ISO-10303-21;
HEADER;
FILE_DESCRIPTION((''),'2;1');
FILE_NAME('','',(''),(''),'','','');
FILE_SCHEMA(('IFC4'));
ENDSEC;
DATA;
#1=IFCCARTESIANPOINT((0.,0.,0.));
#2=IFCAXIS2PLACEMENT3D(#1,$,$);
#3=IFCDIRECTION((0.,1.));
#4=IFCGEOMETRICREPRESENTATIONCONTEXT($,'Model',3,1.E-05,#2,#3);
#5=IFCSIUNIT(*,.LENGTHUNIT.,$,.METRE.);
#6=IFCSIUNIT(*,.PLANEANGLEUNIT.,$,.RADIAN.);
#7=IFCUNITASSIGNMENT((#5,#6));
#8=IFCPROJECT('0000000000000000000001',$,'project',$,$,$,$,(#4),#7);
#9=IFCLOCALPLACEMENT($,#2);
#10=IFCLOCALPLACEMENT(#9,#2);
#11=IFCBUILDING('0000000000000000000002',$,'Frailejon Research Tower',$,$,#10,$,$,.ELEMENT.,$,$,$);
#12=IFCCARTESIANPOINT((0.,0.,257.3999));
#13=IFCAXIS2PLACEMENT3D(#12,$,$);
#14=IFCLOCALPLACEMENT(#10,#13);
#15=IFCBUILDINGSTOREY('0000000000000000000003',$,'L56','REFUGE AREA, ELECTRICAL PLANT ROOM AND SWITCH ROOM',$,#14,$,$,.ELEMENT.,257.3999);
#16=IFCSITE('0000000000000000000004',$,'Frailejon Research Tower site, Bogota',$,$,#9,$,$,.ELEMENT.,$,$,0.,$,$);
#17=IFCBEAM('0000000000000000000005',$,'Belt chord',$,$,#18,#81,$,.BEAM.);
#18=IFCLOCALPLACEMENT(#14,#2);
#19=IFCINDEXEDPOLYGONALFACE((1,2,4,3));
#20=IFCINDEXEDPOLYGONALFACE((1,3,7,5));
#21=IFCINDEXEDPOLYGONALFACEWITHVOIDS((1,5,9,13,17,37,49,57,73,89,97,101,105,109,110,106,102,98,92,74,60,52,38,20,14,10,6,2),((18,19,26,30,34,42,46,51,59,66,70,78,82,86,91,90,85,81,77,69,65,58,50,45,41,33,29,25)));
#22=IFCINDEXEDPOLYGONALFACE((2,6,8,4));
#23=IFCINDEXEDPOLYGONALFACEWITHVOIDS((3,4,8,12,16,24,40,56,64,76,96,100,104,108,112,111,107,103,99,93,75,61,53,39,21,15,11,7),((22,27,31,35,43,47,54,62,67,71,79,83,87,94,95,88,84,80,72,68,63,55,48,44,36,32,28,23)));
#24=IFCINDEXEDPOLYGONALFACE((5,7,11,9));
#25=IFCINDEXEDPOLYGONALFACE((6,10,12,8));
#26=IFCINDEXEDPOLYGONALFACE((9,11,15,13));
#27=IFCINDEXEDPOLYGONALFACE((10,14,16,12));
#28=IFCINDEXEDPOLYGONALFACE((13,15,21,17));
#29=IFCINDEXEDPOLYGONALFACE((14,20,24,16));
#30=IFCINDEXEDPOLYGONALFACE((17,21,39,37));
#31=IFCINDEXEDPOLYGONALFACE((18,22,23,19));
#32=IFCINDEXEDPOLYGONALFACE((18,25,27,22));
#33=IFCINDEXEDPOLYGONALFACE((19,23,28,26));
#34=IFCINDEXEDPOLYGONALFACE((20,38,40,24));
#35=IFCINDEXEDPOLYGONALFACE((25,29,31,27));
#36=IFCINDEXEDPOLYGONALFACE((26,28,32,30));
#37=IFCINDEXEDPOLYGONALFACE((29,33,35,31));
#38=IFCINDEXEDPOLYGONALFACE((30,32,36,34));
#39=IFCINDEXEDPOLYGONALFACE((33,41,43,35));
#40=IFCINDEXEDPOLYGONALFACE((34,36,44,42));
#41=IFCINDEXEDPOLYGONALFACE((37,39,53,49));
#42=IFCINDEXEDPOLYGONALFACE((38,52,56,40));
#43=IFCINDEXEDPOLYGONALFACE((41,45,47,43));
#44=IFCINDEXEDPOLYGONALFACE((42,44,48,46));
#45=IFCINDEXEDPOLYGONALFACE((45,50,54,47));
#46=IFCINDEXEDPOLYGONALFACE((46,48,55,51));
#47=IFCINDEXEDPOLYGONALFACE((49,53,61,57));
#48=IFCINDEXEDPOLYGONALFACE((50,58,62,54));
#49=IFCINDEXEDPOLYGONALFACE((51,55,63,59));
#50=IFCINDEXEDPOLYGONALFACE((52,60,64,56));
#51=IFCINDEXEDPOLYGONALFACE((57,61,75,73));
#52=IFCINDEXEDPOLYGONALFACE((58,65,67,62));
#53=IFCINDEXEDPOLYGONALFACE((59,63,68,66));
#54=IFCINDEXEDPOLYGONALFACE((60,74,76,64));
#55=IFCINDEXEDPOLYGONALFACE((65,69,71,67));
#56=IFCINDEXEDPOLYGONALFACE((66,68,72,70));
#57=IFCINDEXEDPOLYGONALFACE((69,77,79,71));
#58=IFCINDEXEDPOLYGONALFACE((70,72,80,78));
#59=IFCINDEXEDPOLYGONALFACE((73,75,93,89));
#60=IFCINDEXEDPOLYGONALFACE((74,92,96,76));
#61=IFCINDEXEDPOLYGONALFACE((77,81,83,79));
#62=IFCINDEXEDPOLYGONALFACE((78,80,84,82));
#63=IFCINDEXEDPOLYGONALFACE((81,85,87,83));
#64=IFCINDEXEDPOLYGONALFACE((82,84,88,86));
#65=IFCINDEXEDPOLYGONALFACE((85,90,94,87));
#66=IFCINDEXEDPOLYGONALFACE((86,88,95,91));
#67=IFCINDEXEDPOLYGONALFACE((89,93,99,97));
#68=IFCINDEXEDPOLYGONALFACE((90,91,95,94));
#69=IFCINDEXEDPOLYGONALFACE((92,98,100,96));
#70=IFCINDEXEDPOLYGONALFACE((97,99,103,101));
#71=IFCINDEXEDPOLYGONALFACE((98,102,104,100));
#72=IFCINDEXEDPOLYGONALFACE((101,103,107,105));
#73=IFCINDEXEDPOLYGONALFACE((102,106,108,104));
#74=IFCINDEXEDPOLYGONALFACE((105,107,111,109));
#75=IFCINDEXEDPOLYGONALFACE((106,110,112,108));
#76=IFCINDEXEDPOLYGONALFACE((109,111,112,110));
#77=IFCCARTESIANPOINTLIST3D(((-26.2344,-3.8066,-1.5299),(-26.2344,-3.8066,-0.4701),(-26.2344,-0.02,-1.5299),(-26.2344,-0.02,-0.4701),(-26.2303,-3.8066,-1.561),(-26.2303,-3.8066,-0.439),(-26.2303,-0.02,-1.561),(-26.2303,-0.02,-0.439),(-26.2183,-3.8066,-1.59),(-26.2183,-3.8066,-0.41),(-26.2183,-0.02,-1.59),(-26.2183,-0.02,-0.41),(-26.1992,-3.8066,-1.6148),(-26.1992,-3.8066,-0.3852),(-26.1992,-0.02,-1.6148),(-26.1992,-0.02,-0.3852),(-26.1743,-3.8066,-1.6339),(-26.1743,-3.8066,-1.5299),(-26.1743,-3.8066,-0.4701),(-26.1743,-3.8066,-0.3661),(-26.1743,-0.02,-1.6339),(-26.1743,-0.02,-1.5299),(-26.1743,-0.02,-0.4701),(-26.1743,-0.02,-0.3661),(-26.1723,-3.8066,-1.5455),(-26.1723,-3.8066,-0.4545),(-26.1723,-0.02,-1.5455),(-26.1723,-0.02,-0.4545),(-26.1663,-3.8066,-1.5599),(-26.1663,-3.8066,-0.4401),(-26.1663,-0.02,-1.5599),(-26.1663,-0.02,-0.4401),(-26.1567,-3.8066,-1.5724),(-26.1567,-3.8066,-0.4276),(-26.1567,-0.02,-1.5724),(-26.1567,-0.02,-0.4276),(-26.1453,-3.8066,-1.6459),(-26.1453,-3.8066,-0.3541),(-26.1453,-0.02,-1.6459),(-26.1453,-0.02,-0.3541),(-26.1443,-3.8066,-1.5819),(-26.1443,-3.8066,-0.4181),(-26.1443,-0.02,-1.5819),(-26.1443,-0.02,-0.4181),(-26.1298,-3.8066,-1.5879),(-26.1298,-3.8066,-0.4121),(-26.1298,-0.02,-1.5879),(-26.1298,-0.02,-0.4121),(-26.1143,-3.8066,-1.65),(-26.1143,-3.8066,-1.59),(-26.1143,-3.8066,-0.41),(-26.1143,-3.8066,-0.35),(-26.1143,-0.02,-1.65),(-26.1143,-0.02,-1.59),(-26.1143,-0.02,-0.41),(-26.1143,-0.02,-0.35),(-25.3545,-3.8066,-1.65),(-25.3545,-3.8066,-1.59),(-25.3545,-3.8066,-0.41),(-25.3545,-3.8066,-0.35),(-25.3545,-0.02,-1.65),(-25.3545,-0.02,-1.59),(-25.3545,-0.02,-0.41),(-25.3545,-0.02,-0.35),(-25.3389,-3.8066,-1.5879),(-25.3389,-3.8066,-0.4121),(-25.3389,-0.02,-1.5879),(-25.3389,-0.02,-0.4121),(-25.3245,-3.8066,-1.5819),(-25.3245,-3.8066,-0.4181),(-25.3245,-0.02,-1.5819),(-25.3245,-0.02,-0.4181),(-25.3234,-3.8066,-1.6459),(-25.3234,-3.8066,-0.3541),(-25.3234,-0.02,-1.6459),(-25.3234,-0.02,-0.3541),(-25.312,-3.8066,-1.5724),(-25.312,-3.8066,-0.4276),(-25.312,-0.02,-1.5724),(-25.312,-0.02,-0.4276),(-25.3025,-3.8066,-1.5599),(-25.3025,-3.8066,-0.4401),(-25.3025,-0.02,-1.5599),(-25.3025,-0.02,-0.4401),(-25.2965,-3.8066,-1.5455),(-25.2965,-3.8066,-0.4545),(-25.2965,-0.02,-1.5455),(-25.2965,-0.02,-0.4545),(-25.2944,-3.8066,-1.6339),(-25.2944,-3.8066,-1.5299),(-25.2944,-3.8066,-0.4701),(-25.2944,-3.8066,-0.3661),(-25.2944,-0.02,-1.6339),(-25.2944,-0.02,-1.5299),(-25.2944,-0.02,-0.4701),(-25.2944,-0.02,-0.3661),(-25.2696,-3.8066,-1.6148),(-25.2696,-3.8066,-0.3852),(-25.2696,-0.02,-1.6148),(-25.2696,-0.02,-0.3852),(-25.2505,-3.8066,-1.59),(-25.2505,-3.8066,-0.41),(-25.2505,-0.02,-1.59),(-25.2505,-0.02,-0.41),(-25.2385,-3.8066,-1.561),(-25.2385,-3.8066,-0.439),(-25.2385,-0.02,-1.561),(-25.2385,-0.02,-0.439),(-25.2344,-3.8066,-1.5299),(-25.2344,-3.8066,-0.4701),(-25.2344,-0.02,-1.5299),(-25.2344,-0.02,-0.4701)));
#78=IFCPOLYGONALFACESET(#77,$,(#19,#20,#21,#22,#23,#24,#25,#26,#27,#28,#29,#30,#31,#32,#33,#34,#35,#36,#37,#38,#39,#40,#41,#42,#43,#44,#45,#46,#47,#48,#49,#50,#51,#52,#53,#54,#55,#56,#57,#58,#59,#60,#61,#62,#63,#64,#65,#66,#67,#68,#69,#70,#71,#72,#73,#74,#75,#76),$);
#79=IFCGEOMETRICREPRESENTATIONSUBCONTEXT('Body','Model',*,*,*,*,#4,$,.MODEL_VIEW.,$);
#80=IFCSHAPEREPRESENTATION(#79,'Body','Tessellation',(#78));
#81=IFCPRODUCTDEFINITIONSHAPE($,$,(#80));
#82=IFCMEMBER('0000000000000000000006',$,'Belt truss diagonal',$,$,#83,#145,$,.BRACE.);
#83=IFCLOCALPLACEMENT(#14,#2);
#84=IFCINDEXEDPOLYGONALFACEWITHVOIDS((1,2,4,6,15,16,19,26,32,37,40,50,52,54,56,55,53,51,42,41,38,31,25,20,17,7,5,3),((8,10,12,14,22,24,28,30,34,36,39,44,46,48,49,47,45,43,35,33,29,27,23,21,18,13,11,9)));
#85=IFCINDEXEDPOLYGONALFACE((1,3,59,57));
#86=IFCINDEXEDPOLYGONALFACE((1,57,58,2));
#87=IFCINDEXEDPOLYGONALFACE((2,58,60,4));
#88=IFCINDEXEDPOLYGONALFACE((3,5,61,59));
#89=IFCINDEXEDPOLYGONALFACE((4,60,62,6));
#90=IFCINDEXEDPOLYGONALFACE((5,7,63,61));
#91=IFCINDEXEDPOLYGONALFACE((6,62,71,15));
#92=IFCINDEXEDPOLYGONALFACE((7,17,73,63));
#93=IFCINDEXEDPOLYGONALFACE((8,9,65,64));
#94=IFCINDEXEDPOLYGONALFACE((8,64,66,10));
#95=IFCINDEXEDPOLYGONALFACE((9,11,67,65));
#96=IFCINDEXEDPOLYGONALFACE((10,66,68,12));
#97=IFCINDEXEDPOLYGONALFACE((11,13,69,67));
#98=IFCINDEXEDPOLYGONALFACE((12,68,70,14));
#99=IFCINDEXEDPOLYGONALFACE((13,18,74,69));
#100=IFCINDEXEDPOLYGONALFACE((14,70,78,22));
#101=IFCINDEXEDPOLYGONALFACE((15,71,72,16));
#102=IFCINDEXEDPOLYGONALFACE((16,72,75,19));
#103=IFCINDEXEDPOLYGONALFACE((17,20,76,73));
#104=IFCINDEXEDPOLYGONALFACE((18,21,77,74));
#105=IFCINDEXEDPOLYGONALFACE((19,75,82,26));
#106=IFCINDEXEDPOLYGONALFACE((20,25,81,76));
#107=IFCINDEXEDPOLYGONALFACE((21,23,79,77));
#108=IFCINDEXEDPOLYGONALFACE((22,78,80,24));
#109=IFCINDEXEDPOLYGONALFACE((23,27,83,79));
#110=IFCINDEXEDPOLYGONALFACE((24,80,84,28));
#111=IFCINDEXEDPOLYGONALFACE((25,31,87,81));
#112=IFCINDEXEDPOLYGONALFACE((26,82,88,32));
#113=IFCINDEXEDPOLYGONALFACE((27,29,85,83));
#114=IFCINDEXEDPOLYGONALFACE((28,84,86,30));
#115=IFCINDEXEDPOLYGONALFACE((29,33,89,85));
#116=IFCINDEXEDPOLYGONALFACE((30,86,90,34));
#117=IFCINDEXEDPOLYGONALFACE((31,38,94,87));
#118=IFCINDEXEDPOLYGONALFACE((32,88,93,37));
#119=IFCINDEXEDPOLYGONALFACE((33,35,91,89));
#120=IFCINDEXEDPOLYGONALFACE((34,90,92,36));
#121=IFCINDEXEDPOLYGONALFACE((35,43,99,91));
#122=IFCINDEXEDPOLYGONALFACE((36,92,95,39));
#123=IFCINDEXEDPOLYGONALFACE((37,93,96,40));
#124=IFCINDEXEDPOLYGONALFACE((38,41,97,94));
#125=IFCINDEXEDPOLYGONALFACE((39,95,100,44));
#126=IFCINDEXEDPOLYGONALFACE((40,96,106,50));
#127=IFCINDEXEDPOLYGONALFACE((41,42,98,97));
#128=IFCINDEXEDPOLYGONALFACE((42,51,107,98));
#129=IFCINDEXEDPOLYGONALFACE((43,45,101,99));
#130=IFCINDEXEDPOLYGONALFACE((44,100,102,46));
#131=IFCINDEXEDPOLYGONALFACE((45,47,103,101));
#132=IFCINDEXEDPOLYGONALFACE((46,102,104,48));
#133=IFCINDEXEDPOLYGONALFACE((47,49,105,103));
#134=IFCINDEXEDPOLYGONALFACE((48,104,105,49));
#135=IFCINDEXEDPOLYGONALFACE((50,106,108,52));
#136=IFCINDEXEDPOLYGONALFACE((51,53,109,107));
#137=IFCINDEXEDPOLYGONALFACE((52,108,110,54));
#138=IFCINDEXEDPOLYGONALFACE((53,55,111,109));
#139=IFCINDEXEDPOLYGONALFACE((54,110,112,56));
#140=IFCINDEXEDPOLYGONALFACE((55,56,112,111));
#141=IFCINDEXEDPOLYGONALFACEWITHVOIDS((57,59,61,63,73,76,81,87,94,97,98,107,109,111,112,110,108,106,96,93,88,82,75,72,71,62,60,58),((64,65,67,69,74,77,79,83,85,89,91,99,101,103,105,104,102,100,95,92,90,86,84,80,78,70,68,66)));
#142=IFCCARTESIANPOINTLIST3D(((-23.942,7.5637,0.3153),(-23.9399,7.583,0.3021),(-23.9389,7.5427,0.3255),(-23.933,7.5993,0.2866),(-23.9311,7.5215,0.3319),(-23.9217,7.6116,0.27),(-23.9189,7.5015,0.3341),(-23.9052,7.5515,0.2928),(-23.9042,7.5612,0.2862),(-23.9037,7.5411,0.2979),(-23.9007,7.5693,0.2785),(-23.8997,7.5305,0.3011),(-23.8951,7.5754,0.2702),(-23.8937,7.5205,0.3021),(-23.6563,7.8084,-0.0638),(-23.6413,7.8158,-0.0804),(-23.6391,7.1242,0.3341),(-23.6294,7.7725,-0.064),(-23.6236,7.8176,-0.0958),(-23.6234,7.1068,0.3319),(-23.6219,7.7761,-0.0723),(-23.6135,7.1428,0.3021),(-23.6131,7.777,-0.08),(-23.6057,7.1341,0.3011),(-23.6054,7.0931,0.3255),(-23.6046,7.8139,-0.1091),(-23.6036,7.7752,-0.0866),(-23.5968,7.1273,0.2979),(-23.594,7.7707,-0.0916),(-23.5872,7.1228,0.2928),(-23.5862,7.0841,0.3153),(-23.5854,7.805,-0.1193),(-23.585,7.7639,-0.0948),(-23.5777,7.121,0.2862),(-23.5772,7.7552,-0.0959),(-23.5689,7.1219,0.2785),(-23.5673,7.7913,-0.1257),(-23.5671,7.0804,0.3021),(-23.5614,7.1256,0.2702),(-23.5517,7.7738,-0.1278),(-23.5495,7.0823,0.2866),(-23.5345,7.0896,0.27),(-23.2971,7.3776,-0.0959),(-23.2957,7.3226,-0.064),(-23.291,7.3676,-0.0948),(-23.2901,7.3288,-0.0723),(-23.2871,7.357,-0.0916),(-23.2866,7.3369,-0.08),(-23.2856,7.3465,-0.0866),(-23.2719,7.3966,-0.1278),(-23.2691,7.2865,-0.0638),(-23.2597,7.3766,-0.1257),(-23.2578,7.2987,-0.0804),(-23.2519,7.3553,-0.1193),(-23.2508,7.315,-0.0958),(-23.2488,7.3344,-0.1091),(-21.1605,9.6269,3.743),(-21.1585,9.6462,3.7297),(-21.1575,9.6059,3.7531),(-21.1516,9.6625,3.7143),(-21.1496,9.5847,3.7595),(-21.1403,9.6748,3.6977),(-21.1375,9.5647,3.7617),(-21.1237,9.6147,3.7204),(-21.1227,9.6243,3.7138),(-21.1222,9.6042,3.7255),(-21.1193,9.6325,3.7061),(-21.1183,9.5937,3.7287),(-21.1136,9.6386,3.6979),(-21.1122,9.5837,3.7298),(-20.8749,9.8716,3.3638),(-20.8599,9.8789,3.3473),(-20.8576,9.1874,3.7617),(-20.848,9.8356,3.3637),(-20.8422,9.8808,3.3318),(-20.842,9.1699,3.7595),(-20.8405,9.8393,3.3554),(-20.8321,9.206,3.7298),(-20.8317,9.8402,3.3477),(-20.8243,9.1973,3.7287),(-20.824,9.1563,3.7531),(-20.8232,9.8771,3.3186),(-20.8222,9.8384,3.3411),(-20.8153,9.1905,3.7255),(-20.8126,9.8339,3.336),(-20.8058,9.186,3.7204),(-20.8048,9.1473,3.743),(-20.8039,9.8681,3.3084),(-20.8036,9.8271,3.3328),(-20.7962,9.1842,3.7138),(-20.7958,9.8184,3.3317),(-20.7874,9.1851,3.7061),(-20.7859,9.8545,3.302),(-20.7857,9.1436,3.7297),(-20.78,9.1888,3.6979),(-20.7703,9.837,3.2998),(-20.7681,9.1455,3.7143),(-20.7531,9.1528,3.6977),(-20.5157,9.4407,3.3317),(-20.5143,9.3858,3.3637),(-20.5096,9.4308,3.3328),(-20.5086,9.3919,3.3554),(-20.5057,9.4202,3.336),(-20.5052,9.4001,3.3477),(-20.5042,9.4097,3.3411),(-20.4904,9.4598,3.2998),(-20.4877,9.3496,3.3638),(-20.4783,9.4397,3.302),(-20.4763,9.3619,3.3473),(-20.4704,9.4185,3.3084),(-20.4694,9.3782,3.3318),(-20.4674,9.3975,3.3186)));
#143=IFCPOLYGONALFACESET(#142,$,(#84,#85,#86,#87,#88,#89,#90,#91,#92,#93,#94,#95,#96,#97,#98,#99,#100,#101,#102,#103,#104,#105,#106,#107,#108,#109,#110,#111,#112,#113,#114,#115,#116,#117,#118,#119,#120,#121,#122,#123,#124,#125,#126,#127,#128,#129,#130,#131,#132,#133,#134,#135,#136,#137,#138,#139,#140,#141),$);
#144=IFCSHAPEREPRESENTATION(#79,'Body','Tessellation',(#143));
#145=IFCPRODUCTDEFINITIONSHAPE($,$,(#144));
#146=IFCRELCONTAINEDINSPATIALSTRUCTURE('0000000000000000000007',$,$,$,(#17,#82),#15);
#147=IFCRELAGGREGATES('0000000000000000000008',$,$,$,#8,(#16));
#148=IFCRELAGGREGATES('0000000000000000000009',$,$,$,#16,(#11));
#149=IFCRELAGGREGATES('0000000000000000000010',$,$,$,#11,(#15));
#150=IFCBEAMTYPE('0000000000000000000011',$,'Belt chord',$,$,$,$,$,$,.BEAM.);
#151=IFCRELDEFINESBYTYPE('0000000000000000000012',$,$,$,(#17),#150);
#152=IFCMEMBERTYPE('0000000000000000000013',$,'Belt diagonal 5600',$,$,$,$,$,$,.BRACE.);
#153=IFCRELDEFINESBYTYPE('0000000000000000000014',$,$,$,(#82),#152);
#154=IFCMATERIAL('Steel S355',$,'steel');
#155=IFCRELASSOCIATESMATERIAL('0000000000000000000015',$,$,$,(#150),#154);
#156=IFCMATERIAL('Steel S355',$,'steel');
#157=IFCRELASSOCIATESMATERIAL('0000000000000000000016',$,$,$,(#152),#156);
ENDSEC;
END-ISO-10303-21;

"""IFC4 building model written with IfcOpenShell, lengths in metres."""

from ifc_helpers import new_model, si_unit, direction, frame, origin, origin_2d, place, context, subcontext, project, spatial, hollow_rectangle, extrude, material, material_profile, profile_set, type_object, element, save


model = new_model("IFC4")

# Units and contexts
model_context = context("Model", 3, precision=1e-05, world=origin(), true_north=direction((0.0, 1.0)))
body_context = subcontext(model_context, "Body", "Model", "MODEL_VIEW")
ifc_project = project(units=[si_unit("LENGTHUNIT", "METRE"), si_unit("PLANEANGLEUNIT", "RADIAN")], contexts=[model_context])

# Site, building, storey
site_placement = place(None, origin())
site = spatial("IfcSite", under=ifc_project, at=site_placement, Name="Frailejon Research Tower site, Bogota", CompositionType="ELEMENT", RefElevation=0.0)
building_placement = place(site_placement, origin())
building = spatial("IfcBuilding", under=site, at=building_placement, Name="Frailejon Research Tower", CompositionType="ELEMENT")
storey_placement = place(building_placement, frame((0.0, 0.0, 257.3999)))
storey = spatial("IfcBuildingStorey", under=building, at=storey_placement, Name="L56", Description="REFUGE AREA, ELECTRICAL PLANT ROOM AND SWITCH ROOM", CompositionType="ELEMENT", Elevation=257.3999)

# Beam
ifc_material_1 = material(Name="Steel S355", Category="steel")
ifc_material_profile_1 = material_profile(ifc_material_1, hollow_rectangle(XDim=1.0, YDim=1.3, WallThickness=0.0601, InnerFilletRadius=0.0601, OuterFilletRadius=0.1201, at=origin_2d()), Name="Belt chord")
ifc_profile_set_1 = profile_set([ifc_material_profile_1], Name="Steel S355")
beam_type_1 = type_object("IfcBeamType", Name="Belt chord", PredefinedType="BEAM", material=ifc_profile_set_1)
for number, where, z_axis, x_axis, name in (
    (1, (-25.7344, -0.02, -1.0), (0.0, -1.0, 0.0), (1.0, 0.0, 0.0), "Belt chord"),
):
    element("IfcBeam", number, at=place(storey_placement, frame(where, z_axis=z_axis, x_axis=x_axis)), inside=storey, type_object=beam_type_1, Name=name, PredefinedType="BEAM", context=body_context, shape_type="SweptSolid", body=[
        extrude(hollow_rectangle(XDim=1.0, YDim=1.3, WallThickness=0.0601, InnerFilletRadius=0.0601, OuterFilletRadius=0.1201, at=origin_2d()), origin(), (0.0, 0.0, 1.0), 3.7866),
    ])

# Member
ifc_material_2 = material(Name="Steel S355", Category="steel")
ifc_material_profile_2 = material_profile(ifc_material_2, hollow_rectangle(XDim=0.6499, YDim=0.6499, WallThickness=0.0449, InnerFilletRadius=0.0449, OuterFilletRadius=0.0901, at=origin_2d()), Name="Belt diagonal 5600")
ifc_profile_set_2 = profile_set([ifc_material_profile_2], Name="Steel S355")
member_type = type_object("IfcMemberType", Name="Belt diagonal 5600", PredefinedType="BRACE", material=ifc_profile_set_2)
member_1_placement = place(storey_placement, frame((-20.814, 9.5122, 3.5308), z_axis=(-0.570835, -0.423429, -0.70346), x_axis=(0.595762, -0.803161, 0.0)))
element("IfcMember", 2, at=member_1_placement, inside=storey, type_object=member_type, Name="Belt truss diagonal", PredefinedType="BRACE", context=body_context, shape_type="SweptSolid", body=[
    extrude(hollow_rectangle(XDim=0.6499, YDim=0.6499, WallThickness=0.0449, InnerFilletRadius=0.0449, OuterFilletRadius=0.0901, at=origin_2d()), origin(), (0.0, 0.0, 1.0), 4.8726),
])

save(model, "model.ifc")
